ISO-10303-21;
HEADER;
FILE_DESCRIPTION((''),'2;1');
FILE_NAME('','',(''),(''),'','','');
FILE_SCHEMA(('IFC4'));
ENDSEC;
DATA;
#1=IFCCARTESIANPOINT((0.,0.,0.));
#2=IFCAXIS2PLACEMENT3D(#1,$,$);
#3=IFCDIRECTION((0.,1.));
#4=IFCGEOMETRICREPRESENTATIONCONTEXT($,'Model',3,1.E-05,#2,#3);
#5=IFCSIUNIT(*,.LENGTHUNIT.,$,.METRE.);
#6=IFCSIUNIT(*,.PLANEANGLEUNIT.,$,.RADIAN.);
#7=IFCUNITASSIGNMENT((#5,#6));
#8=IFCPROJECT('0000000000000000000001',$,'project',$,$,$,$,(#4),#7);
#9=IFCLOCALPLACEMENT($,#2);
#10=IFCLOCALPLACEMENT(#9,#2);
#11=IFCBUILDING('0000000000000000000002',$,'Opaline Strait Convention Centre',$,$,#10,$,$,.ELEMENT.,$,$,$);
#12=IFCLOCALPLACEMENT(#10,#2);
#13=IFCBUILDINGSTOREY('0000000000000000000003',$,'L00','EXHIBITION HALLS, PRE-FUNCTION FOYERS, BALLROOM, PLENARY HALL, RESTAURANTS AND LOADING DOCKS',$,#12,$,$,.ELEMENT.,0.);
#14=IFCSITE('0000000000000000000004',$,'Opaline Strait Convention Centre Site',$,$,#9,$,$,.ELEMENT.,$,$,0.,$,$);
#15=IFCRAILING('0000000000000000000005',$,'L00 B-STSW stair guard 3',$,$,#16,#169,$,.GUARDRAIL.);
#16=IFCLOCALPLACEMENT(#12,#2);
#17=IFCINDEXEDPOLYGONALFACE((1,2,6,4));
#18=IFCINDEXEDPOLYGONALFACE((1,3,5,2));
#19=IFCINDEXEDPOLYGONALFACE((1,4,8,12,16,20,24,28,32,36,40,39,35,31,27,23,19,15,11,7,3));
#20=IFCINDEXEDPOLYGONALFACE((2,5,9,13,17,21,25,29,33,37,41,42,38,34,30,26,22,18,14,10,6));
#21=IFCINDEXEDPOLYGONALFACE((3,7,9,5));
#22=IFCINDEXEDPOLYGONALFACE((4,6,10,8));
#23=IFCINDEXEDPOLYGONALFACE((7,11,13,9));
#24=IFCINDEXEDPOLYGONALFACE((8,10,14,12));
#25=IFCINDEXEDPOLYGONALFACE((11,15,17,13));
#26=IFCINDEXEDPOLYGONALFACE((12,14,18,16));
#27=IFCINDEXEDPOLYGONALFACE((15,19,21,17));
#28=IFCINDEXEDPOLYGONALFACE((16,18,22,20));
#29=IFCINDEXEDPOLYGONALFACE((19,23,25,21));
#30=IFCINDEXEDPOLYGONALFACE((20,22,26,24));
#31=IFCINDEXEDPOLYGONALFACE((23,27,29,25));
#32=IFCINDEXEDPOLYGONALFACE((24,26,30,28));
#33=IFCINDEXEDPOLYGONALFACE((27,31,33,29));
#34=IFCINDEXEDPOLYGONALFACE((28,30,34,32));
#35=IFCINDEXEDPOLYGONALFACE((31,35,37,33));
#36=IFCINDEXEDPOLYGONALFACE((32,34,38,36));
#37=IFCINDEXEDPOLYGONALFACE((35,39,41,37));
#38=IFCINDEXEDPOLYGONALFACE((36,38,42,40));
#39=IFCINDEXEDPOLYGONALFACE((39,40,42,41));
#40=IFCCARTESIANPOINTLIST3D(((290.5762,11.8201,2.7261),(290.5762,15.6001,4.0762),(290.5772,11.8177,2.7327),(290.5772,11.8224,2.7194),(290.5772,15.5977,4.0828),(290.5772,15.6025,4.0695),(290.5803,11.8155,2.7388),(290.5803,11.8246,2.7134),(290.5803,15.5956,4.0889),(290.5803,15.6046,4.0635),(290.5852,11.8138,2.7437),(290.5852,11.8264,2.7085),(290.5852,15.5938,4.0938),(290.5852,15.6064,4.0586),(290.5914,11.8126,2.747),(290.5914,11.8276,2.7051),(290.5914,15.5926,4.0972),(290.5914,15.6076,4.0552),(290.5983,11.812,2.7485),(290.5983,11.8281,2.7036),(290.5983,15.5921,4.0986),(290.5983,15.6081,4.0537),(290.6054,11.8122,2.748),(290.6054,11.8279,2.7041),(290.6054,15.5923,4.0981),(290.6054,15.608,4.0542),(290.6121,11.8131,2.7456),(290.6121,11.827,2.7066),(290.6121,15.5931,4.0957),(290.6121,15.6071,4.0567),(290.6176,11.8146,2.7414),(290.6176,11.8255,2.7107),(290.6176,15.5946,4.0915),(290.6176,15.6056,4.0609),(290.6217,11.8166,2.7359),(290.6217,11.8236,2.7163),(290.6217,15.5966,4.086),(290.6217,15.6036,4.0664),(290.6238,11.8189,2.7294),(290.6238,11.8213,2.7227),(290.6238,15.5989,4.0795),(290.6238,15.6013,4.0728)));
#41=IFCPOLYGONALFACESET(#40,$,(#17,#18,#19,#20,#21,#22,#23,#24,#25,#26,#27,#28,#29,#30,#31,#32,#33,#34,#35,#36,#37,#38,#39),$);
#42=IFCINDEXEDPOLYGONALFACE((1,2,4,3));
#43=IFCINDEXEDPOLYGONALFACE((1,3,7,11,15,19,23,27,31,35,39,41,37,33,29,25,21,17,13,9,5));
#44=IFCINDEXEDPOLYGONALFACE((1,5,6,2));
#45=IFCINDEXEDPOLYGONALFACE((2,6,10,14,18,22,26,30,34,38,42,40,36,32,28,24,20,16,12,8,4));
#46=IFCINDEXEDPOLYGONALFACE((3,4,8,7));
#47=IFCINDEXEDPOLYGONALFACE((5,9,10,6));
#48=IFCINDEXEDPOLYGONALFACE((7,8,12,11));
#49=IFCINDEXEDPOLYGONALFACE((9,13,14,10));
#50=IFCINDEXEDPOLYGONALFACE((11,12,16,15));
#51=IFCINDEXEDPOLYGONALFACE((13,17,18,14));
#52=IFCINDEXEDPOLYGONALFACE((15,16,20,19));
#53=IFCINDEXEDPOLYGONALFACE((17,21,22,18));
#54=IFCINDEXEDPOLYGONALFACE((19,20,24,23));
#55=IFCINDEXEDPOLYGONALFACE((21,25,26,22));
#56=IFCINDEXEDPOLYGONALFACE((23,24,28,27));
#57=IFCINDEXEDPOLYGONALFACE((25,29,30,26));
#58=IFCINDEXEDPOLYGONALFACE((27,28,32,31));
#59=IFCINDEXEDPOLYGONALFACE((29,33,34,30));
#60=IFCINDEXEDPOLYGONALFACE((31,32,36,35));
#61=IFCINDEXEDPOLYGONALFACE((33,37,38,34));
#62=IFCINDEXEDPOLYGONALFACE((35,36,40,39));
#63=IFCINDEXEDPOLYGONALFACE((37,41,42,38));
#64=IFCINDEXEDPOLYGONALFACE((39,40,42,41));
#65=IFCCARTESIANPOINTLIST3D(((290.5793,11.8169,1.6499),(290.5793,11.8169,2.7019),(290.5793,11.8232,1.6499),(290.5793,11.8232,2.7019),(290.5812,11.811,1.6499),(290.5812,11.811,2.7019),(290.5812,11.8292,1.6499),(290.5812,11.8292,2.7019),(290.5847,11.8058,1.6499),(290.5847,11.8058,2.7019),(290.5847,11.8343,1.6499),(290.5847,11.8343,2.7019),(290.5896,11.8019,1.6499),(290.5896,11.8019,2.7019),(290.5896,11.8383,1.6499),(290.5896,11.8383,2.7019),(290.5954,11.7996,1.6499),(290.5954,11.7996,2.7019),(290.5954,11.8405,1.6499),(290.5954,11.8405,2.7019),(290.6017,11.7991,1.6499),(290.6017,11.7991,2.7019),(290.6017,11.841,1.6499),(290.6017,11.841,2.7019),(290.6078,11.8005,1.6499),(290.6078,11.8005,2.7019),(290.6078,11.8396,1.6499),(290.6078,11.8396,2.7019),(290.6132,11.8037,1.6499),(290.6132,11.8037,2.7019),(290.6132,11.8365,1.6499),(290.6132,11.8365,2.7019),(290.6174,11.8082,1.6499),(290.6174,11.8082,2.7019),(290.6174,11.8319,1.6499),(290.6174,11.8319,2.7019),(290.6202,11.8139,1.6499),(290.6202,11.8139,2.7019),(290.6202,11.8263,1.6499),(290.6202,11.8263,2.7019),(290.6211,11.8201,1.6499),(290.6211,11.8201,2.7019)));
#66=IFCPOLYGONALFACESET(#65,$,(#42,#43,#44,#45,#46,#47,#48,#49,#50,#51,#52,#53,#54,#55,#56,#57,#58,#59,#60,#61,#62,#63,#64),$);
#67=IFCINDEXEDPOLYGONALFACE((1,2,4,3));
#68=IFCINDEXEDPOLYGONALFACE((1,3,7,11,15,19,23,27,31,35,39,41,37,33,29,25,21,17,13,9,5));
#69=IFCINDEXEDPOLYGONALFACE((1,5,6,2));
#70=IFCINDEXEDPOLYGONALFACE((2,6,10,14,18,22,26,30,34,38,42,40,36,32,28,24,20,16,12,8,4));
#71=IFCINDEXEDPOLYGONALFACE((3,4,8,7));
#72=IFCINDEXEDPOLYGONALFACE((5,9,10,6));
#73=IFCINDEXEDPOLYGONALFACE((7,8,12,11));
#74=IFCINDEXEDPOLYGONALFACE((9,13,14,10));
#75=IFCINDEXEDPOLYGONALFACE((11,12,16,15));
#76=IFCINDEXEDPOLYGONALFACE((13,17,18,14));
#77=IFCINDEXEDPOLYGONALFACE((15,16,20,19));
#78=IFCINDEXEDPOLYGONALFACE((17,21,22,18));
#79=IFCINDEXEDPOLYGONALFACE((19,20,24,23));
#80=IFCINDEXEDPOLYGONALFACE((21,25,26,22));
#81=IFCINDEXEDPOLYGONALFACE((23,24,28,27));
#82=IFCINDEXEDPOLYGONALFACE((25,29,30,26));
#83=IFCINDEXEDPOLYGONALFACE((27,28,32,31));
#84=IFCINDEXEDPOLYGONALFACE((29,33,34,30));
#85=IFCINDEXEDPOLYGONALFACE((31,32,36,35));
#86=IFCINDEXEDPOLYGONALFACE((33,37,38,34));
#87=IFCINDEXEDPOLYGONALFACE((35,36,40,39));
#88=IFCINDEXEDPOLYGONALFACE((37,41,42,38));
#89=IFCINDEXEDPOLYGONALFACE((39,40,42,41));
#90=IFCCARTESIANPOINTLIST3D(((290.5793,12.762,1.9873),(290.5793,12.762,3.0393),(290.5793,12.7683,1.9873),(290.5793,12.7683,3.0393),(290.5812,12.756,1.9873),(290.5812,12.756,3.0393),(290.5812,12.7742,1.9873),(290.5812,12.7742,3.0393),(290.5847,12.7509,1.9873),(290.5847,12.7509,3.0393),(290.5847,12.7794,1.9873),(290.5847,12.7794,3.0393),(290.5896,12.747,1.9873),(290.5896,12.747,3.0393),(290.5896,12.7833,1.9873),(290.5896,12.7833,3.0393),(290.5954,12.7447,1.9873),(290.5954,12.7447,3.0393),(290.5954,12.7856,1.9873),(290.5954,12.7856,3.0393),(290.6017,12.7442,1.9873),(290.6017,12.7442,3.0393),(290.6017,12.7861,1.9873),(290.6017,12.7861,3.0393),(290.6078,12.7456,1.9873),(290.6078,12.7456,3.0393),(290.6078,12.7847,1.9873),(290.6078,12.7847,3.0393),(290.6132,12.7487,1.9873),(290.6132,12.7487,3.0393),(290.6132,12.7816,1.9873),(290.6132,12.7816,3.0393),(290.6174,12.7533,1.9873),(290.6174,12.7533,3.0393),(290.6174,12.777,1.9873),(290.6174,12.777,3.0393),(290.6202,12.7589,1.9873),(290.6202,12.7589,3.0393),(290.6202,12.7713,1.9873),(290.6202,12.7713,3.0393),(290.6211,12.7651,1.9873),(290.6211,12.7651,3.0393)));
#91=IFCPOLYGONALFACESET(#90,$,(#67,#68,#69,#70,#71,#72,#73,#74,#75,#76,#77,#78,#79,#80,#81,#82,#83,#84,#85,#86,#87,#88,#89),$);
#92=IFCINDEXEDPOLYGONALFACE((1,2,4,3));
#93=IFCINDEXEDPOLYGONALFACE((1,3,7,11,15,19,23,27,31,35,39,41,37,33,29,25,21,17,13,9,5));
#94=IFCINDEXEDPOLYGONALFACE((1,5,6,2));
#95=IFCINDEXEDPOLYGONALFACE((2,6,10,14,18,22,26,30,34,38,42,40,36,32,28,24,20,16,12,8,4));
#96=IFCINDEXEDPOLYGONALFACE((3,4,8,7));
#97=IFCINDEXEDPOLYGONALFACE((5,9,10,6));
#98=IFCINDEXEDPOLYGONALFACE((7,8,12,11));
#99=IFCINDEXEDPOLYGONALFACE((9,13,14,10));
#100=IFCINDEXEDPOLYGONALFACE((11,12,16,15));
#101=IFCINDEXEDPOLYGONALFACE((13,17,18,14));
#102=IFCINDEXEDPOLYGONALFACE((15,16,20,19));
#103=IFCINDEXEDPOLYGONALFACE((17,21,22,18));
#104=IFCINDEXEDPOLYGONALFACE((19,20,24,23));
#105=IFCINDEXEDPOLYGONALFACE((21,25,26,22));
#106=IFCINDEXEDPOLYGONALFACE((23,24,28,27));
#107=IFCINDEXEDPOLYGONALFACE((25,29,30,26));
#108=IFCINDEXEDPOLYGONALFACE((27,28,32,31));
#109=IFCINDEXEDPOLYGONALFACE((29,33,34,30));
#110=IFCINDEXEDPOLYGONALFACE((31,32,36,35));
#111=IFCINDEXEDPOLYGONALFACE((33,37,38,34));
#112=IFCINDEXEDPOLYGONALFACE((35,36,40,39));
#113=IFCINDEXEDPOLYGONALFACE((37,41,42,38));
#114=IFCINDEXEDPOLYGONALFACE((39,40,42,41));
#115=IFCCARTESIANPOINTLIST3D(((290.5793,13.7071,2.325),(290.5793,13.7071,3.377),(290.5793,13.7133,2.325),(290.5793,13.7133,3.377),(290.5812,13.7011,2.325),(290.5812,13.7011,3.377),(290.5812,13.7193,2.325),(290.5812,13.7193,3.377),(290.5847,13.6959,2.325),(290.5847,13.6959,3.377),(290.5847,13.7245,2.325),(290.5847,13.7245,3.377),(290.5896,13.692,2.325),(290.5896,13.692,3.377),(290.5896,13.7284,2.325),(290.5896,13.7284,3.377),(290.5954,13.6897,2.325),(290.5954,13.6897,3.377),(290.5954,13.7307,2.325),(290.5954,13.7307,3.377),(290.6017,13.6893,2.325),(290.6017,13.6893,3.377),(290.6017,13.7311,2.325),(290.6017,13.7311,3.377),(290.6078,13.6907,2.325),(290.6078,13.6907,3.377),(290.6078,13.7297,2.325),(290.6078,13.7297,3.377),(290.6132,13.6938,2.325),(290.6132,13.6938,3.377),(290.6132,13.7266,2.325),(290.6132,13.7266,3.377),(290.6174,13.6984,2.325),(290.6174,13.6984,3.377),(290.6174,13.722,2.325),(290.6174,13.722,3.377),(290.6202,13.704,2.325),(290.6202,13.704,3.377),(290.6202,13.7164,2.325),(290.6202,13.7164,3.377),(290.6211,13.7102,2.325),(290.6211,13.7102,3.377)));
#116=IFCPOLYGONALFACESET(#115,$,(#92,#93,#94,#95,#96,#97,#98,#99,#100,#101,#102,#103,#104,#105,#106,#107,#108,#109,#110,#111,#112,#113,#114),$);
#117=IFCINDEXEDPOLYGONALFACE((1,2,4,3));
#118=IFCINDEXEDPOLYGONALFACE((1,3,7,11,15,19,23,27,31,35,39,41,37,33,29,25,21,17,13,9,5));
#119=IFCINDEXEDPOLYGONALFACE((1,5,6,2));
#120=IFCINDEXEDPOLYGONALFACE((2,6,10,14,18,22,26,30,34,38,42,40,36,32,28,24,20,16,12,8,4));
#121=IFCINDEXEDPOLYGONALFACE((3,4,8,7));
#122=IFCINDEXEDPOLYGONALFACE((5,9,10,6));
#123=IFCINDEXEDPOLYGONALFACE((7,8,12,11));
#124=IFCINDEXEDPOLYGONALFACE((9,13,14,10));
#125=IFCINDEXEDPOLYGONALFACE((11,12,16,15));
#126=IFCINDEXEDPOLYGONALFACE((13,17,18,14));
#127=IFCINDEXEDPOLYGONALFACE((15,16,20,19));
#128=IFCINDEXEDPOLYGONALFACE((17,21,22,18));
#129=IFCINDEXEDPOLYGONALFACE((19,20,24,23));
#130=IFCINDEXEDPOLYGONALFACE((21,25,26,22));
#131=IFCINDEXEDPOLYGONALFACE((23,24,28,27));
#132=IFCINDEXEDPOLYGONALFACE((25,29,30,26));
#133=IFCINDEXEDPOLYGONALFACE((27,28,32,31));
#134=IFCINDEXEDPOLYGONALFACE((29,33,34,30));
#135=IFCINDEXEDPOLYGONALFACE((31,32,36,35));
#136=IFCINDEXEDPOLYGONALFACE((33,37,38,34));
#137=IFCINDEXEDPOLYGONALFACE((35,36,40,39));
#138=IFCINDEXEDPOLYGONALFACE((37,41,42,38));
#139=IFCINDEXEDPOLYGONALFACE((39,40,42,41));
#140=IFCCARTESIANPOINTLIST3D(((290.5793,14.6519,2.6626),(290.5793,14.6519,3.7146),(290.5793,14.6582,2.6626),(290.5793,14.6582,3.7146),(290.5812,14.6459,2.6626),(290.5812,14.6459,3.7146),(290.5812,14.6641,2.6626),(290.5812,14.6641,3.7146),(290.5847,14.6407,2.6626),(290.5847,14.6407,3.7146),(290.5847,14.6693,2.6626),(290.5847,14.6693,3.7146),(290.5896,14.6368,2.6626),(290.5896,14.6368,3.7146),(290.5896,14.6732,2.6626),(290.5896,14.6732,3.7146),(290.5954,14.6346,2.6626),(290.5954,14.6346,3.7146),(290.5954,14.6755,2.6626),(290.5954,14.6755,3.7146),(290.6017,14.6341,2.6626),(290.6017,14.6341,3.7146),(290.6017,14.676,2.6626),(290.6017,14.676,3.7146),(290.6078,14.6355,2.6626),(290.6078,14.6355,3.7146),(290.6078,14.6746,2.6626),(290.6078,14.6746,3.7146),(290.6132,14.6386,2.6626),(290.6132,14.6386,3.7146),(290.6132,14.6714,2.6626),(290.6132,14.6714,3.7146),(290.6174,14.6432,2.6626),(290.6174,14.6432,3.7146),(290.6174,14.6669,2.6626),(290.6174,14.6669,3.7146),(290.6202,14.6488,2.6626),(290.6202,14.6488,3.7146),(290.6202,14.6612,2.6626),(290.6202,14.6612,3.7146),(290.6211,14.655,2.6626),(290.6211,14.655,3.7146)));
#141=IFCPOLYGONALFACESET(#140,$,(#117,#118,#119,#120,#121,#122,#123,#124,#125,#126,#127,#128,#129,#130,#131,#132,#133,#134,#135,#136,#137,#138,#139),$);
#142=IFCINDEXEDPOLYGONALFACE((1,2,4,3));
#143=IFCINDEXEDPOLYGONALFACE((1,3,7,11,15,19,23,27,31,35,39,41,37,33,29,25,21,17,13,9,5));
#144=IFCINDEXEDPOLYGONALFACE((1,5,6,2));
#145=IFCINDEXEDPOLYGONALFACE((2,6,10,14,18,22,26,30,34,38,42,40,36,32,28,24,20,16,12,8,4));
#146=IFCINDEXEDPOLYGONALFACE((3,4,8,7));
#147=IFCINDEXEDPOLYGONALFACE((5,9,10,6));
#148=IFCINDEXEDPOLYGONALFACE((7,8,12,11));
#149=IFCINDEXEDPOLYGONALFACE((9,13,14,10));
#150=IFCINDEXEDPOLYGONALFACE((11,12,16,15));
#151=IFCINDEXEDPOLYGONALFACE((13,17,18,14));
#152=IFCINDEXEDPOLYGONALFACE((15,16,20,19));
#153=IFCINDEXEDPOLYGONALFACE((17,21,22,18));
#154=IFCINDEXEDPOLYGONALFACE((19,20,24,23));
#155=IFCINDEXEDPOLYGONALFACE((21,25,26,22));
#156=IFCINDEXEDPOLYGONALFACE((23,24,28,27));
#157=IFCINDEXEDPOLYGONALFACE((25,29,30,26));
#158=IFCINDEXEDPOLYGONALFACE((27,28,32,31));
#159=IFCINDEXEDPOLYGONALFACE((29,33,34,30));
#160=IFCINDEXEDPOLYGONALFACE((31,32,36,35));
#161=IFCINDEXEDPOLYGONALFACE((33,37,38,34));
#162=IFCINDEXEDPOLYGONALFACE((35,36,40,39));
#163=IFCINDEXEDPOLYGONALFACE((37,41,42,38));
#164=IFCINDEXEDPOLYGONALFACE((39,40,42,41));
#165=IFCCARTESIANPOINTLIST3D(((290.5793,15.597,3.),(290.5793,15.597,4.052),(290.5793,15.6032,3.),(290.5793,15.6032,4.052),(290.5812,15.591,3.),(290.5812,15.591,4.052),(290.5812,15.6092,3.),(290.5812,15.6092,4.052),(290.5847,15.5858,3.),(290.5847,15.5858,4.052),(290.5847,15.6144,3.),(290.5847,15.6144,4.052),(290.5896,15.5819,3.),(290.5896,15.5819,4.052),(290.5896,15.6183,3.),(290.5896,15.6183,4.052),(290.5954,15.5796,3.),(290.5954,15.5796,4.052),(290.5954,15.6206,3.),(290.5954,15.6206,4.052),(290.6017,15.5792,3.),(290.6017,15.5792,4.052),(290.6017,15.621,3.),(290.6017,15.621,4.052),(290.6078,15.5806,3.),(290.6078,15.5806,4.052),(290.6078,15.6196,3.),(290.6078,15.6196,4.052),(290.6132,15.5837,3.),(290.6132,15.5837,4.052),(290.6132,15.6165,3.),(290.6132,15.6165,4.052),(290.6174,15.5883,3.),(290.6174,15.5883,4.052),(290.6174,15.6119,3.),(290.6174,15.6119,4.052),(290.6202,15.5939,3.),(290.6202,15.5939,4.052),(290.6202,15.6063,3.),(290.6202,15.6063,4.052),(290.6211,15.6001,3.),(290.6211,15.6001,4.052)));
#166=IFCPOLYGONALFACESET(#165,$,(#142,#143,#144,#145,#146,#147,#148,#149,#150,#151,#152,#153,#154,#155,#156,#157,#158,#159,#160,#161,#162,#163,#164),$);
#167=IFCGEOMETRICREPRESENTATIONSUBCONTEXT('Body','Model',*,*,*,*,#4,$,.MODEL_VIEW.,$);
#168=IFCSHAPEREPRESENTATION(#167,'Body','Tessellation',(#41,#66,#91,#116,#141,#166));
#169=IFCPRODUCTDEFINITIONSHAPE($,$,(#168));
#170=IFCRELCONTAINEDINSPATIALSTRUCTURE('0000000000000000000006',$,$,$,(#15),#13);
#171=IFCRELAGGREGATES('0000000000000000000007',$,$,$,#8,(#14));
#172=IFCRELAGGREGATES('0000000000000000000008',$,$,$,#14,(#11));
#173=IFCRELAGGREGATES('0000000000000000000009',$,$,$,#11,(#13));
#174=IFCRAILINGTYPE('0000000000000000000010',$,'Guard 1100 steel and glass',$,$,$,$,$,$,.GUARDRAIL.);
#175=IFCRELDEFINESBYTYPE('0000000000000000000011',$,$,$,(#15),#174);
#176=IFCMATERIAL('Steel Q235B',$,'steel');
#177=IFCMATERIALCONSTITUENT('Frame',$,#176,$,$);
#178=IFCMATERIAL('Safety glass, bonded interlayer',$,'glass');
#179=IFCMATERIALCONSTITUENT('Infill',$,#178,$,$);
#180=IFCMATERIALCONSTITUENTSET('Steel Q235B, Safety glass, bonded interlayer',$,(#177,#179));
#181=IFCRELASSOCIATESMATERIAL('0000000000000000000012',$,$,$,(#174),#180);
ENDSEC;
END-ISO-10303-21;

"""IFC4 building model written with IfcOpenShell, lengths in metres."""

from ifc_helpers import new_model, si_unit, direction, frame, origin, origin_2d, place, context, subcontext, project, spatial, circle, extrude, material, constituent, constituent_set, type_object, element, save


model = new_model("IFC4")

# Units and contexts
model_context = context("Model", 3, precision=1e-05, world=origin(), true_north=direction((0.0, 1.0)))
body_context = subcontext(model_context, "Body", "Model", "MODEL_VIEW")
ifc_project = project(units=[si_unit("LENGTHUNIT", "METRE"), si_unit("PLANEANGLEUNIT", "RADIAN")], contexts=[model_context])

# Site, building, storey
site_placement = place(None, origin())
site = spatial("IfcSite", under=ifc_project, at=site_placement, Name="Opaline Strait Convention Centre Site", CompositionType="ELEMENT", RefElevation=0.0)
building_placement = place(site_placement, origin())
building = spatial("IfcBuilding", under=site, at=building_placement, Name="Opaline Strait Convention Centre", CompositionType="ELEMENT")
storey_placement = place(building_placement, origin())
storey = spatial("IfcBuildingStorey", under=building, at=storey_placement, Name="L00", Description="EXHIBITION HALLS, PRE-FUNCTION FOYERS, BALLROOM, PLENARY HALL, RESTAURANTS AND LOADING DOCKS", CompositionType="ELEMENT", Elevation=0.0)

# Shared definitions
ifc_material_1 = material(Name="Steel Q235B", Category="steel")

# Railing
ifc_constituent_1 = constituent(ifc_material_1, Name="Frame")
ifc_material_2 = material(Name="Safety glass, bonded interlayer", Category="glass")
ifc_constituent_2 = constituent(ifc_material_2, Name="Infill")
ifc_constituent_set = constituent_set(constituents=[ifc_constituent_1, ifc_constituent_2], Name="Steel Q235B, Safety glass, bonded interlayer")
railing_type_1 = type_object("IfcRailingType", Name="Guard 1100 steel and glass", PredefinedType="GUARDRAIL", material=ifc_constituent_set)
railing_1_placement = place(storey_placement, frame((290.6001, 11.8201, 1.6499)))
element("IfcRailing", 1, at=railing_1_placement, inside=storey, type_object=railing_type_1, Name="L00 B-STSW stair guard 3", PredefinedType="GUARDRAIL", context=body_context, shape_type="SweptSolid", body=[
    extrude(circle(Radius=0.0239, at=origin_2d()), frame((0.0, 0.0, 1.0762), z_axis=(0.0, 0.941735, 0.336356), x_axis=(-1.0, 0.0, 0.0)), (0.0, 0.0, 1.0), 4.0139),
    extrude(circle(Radius=0.021, at=origin_2d()), origin(), (0.0, 0.0, 1.0), 1.052),
    extrude(circle(Radius=0.021, at=origin_2d()), frame((0.0, 0.9451, 0.3374)), (0.0, 0.0, 1.0), 1.052),
    extrude(circle(Radius=0.021, at=origin_2d()), frame((0.0, 1.8901, 0.675)), (0.0, 0.0, 1.0), 1.052),
    extrude(circle(Radius=0.021, at=origin_2d()), frame((0.0, 2.835, 1.0127)), (0.0, 0.0, 1.0), 1.052),
    extrude(circle(Radius=0.021, at=origin_2d()), frame((0.0, 3.78, 1.3501)), (0.0, 0.0, 1.0), 1.052),
])

save(model, "model.ifc")
